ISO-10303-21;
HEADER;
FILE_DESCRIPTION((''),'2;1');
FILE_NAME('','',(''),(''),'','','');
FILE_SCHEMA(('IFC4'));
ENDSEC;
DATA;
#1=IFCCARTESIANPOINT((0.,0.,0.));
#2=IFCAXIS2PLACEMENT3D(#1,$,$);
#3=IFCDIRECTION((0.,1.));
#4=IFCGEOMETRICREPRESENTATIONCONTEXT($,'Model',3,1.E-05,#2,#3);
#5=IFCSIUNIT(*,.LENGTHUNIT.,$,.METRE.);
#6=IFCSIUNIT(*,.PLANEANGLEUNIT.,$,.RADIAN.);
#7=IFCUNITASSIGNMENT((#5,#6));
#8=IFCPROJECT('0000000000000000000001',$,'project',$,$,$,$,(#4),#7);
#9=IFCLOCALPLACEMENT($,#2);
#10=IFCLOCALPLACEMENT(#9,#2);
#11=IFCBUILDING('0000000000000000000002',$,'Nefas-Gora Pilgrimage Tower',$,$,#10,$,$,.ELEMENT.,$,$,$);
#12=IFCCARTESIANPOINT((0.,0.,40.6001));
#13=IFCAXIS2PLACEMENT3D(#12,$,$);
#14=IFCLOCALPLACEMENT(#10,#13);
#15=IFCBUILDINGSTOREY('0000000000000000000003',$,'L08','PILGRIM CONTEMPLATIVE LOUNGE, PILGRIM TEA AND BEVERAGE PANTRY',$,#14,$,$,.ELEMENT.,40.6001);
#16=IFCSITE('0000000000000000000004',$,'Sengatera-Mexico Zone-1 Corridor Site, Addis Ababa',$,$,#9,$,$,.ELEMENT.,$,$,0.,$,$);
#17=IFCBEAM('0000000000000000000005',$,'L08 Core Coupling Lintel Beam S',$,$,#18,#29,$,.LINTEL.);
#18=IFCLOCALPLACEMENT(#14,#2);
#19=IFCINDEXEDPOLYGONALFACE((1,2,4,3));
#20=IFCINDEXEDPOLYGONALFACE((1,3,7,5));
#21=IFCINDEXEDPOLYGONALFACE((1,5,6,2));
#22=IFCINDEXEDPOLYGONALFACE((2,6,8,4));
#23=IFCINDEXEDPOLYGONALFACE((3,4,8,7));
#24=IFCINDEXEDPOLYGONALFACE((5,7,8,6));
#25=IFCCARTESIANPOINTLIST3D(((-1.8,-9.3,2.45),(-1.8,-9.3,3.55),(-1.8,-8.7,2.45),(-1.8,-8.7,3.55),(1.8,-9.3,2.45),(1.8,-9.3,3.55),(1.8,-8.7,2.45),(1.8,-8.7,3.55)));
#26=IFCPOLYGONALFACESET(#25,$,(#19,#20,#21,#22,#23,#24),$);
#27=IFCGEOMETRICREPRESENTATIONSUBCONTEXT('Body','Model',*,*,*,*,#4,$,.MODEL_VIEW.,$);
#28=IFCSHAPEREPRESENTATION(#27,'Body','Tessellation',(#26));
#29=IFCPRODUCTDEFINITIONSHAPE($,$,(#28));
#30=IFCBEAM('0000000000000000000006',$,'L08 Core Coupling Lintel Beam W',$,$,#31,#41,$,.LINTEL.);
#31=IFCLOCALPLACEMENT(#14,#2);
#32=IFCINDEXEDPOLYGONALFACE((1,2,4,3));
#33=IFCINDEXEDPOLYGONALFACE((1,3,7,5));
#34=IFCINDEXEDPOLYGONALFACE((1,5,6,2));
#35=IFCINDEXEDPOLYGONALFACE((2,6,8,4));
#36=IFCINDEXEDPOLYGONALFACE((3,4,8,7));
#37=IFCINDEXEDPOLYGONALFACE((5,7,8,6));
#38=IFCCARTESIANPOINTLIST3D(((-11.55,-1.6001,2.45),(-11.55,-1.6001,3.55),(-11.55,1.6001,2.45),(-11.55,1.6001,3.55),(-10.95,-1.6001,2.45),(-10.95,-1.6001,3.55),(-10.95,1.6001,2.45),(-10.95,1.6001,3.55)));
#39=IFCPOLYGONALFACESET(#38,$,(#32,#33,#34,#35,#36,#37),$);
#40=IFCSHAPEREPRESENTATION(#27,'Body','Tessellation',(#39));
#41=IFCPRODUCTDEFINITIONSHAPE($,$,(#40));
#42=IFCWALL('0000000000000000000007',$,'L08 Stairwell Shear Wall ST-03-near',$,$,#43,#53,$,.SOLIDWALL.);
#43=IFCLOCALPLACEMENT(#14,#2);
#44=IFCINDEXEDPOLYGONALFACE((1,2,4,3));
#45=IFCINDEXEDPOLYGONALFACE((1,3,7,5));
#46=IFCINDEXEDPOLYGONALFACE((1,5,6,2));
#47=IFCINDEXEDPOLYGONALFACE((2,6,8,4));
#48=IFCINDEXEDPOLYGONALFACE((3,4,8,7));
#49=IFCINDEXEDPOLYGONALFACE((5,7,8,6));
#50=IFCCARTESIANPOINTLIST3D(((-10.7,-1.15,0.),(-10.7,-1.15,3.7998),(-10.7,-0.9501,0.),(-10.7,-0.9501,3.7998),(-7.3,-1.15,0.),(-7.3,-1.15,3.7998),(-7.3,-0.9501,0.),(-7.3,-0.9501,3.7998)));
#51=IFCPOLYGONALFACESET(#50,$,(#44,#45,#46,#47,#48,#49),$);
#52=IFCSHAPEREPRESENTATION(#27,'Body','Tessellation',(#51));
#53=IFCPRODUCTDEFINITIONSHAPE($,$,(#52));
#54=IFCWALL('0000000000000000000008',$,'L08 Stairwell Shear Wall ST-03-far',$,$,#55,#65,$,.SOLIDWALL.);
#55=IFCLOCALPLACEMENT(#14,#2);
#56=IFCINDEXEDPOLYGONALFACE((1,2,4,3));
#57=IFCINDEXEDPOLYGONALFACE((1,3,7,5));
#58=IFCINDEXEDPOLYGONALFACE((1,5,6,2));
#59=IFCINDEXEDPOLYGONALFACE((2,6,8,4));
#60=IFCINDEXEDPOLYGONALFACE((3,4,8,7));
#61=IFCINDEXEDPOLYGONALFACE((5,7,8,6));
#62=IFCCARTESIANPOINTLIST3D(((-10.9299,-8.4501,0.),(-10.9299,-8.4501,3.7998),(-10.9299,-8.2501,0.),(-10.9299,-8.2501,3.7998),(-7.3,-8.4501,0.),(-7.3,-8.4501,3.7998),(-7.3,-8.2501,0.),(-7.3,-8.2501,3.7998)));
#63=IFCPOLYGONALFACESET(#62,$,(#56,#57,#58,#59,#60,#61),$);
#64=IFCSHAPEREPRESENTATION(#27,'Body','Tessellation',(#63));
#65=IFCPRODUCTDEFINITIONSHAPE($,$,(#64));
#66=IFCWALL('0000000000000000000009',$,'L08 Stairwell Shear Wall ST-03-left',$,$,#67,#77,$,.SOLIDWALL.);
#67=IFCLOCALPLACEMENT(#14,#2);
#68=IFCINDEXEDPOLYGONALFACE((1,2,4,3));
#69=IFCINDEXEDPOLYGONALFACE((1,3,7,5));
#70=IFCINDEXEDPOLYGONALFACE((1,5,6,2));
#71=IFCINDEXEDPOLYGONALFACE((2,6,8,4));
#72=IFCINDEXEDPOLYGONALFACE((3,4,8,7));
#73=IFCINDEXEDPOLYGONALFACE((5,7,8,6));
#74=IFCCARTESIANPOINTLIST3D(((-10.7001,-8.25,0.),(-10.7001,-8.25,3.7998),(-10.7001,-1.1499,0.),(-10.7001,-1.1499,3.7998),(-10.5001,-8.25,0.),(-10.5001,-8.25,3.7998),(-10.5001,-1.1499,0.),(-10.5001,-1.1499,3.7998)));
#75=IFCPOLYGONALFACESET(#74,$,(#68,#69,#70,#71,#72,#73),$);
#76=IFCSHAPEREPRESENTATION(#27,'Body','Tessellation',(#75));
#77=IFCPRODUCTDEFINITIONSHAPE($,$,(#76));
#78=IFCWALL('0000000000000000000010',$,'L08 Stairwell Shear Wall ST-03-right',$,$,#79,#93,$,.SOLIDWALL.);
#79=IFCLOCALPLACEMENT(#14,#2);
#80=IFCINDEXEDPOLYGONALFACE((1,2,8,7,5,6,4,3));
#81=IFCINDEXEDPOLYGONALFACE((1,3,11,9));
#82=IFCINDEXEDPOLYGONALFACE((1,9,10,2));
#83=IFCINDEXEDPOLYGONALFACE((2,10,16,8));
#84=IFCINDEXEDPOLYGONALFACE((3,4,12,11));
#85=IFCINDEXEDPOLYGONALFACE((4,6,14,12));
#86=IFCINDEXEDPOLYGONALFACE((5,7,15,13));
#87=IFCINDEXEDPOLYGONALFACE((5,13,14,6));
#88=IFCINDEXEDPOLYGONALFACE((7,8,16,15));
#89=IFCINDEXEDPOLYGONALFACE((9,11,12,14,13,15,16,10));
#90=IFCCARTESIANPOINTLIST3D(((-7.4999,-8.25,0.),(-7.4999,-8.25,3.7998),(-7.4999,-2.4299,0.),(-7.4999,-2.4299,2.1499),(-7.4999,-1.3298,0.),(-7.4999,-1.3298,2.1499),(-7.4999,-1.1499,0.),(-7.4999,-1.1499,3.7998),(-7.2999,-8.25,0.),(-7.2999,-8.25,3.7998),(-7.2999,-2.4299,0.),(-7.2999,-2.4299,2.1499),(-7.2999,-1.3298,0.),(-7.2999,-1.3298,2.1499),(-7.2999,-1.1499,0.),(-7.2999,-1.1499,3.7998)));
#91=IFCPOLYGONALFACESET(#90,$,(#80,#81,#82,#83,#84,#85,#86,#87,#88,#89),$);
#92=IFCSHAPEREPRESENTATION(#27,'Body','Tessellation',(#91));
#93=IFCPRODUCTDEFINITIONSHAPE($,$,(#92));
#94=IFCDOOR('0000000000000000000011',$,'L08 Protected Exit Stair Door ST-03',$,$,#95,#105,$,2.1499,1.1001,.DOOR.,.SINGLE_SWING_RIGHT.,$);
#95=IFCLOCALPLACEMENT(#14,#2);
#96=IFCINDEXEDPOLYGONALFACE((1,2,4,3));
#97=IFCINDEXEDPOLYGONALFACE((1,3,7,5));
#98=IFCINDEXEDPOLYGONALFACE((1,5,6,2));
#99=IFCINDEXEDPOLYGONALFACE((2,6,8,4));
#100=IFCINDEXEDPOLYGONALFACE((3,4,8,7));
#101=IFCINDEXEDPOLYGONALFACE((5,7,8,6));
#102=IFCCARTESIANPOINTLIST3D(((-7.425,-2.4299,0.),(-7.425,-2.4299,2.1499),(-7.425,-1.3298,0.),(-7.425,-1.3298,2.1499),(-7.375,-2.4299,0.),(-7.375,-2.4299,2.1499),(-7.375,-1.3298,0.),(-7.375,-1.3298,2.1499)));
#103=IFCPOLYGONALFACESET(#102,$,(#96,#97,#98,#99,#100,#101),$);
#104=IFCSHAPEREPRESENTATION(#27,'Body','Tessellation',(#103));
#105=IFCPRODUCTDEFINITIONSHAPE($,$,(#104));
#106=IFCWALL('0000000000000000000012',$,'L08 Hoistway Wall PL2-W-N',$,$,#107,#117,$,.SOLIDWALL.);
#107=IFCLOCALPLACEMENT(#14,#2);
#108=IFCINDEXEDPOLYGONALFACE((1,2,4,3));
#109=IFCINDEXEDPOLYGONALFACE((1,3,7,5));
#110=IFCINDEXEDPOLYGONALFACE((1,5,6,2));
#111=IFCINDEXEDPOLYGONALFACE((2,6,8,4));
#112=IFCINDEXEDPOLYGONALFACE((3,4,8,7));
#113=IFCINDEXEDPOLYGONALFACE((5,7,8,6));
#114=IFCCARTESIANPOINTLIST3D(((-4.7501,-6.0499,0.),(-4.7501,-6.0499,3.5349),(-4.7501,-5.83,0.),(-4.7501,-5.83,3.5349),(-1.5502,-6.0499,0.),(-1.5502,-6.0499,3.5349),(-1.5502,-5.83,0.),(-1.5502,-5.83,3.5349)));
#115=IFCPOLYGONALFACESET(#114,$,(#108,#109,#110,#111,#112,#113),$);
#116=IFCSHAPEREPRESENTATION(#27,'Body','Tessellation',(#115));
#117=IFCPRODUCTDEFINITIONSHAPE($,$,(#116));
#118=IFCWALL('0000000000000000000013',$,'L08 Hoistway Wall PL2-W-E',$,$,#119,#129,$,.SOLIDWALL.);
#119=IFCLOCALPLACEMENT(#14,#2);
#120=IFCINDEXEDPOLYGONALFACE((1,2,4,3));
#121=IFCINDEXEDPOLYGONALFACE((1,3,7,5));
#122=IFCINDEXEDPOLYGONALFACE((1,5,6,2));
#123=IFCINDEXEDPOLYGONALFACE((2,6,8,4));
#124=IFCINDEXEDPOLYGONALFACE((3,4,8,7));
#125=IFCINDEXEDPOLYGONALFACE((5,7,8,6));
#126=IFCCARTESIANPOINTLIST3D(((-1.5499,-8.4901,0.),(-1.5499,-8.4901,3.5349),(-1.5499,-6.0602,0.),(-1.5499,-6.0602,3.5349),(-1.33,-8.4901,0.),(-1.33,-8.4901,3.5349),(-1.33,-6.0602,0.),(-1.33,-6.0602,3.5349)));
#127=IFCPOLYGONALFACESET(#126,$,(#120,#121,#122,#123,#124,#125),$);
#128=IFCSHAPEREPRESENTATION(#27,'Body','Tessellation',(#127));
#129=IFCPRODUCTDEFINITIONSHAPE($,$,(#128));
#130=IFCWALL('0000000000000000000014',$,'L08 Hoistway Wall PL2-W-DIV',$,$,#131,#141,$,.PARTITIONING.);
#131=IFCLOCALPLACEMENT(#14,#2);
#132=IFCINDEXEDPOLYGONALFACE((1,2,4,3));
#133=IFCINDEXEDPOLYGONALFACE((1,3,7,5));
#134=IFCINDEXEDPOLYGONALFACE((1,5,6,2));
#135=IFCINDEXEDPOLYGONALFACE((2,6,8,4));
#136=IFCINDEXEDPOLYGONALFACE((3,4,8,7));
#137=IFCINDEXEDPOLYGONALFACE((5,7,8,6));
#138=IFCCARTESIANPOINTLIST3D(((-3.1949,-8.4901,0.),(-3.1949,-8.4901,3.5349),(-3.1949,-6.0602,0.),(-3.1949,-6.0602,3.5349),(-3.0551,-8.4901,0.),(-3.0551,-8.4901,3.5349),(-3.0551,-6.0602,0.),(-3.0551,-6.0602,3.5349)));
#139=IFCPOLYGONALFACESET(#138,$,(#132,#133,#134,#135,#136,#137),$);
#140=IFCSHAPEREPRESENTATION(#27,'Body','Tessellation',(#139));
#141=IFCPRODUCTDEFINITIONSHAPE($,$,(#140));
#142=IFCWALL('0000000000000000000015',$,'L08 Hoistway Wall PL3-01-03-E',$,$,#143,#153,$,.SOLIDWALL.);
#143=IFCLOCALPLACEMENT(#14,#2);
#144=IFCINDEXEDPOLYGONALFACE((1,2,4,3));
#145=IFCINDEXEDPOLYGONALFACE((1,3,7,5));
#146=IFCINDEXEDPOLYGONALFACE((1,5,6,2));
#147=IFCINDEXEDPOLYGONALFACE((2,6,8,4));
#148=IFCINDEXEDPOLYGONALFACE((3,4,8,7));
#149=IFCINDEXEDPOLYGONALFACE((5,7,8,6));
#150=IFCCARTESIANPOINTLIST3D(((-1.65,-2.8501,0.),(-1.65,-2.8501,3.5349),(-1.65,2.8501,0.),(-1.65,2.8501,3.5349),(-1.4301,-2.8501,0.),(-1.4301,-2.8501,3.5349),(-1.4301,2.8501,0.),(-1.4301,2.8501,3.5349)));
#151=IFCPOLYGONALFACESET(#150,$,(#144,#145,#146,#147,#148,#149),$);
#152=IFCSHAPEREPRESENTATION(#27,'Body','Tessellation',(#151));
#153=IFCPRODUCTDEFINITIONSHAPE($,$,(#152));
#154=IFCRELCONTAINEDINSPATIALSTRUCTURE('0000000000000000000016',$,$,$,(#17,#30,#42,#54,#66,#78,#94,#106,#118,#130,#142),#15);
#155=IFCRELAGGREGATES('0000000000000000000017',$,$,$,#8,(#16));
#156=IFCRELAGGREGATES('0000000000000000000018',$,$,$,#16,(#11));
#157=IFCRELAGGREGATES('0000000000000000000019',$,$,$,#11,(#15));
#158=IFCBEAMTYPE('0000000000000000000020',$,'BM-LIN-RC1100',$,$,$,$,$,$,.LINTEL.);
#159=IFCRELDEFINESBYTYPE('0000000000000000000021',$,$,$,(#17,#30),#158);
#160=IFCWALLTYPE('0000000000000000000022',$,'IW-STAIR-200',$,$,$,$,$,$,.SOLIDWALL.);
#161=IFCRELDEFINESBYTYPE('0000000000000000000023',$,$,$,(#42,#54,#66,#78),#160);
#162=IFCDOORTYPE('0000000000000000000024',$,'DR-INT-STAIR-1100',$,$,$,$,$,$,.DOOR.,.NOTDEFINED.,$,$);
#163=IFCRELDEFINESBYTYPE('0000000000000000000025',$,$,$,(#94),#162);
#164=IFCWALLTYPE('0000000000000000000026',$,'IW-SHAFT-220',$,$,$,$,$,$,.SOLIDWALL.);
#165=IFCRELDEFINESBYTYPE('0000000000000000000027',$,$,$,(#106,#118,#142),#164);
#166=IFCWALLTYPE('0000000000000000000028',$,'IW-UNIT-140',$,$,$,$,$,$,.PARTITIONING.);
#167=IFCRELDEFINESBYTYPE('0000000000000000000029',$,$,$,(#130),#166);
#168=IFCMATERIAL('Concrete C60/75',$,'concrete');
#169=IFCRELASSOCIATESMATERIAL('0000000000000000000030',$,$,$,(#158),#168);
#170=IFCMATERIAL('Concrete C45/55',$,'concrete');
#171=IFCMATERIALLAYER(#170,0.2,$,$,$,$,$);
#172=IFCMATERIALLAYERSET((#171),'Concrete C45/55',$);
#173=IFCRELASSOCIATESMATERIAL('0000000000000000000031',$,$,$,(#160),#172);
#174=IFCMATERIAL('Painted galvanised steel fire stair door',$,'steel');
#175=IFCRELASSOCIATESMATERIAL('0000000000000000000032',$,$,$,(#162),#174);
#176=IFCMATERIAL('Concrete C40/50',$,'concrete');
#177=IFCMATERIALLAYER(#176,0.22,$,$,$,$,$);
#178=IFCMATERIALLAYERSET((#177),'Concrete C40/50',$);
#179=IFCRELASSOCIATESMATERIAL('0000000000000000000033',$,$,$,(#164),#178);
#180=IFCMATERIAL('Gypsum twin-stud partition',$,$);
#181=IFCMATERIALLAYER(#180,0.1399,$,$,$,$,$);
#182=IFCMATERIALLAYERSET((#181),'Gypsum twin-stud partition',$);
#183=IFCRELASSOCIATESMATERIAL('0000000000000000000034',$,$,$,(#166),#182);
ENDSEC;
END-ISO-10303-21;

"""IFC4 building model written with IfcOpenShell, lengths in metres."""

from ifc_helpers import new_model, si_unit, direction, frame, frame_2d, origin, origin_2d, place, context, subcontext, project, spatial, rectangle, extrude, source, transform, mapped, material, layer, layer_set, material_profile, profile_set, type_object, element, fill, save


model = new_model("IFC4")

# Units and contexts
model_context = context("Model", 3, precision=1e-05, world=origin(), true_north=direction((0.0, 1.0)))
body_context = subcontext(model_context, "Body", "Model", "MODEL_VIEW")
ifc_project = project(units=[si_unit("LENGTHUNIT", "METRE"), si_unit("PLANEANGLEUNIT", "RADIAN")], contexts=[model_context])

# Site, building, storey
site_placement = place(None, origin())
site = spatial("IfcSite", under=ifc_project, at=site_placement, Name="Sengatera-Mexico Zone-1 Corridor Site, Addis Ababa", CompositionType="ELEMENT", RefElevation=0.0)
building_placement = place(site_placement, origin())
building = spatial("IfcBuilding", under=site, at=building_placement, Name="Nefas-Gora Pilgrimage Tower", CompositionType="ELEMENT")
storey_placement = place(building_placement, frame((0.0, 0.0, 40.6001)))
storey = spatial("IfcBuildingStorey", under=building, at=storey_placement, Name="L08", Description="PILGRIM CONTEMPLATIVE LOUNGE, PILGRIM TEA AND BEVERAGE PANTRY", CompositionType="ELEMENT", Elevation=40.6001)

# Beams
ifc_material_1 = material(Name="Concrete C60/75", Category="concrete")
ifc_material_profile = material_profile(ifc_material_1, rectangle(XDim=0.6001, YDim=1.1001, at=origin_2d()), Name="RC 600x1100")
ifc_profile_set = profile_set([ifc_material_profile], Name="Concrete C60/75")
beam_type = type_object("IfcBeamType", Name="BM-LIN-RC1100", PredefinedType="LINTEL", material=ifc_profile_set)
shared_shape_1 = source(origin(), body_context, "Body", "SweptSolid", [
    extrude(rectangle(XDim=0.6001, YDim=1.1001, at=origin_2d()), origin(), (0.0, 0.0, 1.0), 3.6001),
])
beam_1_placement = place(storey_placement, frame((-1.8, -9.0, 3.0), z_axis=(1.0, 0.0, 0.0), x_axis=(0.0, 1.0, 0.0)))
element("IfcBeam", 1, at=beam_1_placement, inside=storey, type_object=beam_type, Name="L08 Core Coupling Lintel Beam S", PredefinedType="LINTEL", context=body_context, shape_type="MappedRepresentation", body=[
    mapped(shared_shape_1, transform((0.0, 0.0, 0.0), x_axis=(1.0, 0.0, 0.0), y_axis=(0.0, 1.0, 0.0), z_axis=(0.0, 0.0, 1.0), scale=1.0)),
])
shared_shape_2 = source(origin(), body_context, "Body", "SweptSolid", [
    extrude(rectangle(XDim=0.6001, YDim=1.1001, at=origin_2d()), origin(), (0.0, 0.0, 1.0), 3.2002),
])
beam_2_placement = place(storey_placement, frame((-11.25, -1.6001, 3.0), z_axis=(0.0, 1.0, 0.0), x_axis=(-1.0, 0.0, 0.0)))
element("IfcBeam", 2, at=beam_2_placement, inside=storey, type_object=beam_type, Name="L08 Core Coupling Lintel Beam W", PredefinedType="LINTEL", context=body_context, shape_type="MappedRepresentation", body=[
    mapped(shared_shape_2, transform((0.0, 0.0, 0.0), x_axis=(1.0, 0.0, 0.0), y_axis=(0.0, 1.0, 0.0), z_axis=(0.0, 0.0, 1.0), scale=1.0)),
])

# Walls
ifc_material_2 = material(Name="Concrete C45/55", Category="concrete")
ifc_layer_1 = layer(ifc_material_2, 0.2)
ifc_layer_set_1 = layer_set([ifc_layer_1], Name="Concrete C45/55")
wall_type_1 = type_object("IfcWallType", Name="IW-STAIR-200", PredefinedType="SOLIDWALL", material=ifc_layer_set_1)
shared_shape_3 = source(origin(), body_context, "Body", "SweptSolid", [
    extrude(rectangle(XDim=3.3999, YDim=0.2, at=frame_2d((1.7, 0.0))), origin(), (0.0, 0.0, 1.0), 3.7998),
])
wall_1_placement = place(storey_placement, frame((-10.7, -1.05, 0.0), z_axis=(0.0, 0.0, 1.0), x_axis=(1.0, 0.0, 0.0)))
element("IfcWall", 3, at=wall_1_placement, inside=storey, type_object=wall_type_1, Name="L08 Stairwell Shear Wall ST-03-near", PredefinedType="SOLIDWALL", context=body_context, shape_type="MappedRepresentation", body=[
    mapped(shared_shape_3, transform((0.0, 0.0, 0.0), x_axis=(1.0, 0.0, 0.0), y_axis=(0.0, 1.0, 0.0), z_axis=(0.0, 0.0, 1.0), scale=1.0)),
])
shared_shape_4 = source(origin(), body_context, "Body", "SweptSolid", [
    extrude(rectangle(XDim=3.6299, YDim=0.2, at=frame_2d((1.8149, 0.0))), origin(), (0.0, 0.0, 1.0), 3.7998),
])
wall_2_placement = place(storey_placement, frame((-10.9299, -8.3501, 0.0), z_axis=(0.0, 0.0, 1.0), x_axis=(1.0, 0.0, 0.0)))
element("IfcWall", 4, at=wall_2_placement, inside=storey, type_object=wall_type_1, Name="L08 Stairwell Shear Wall ST-03-far", PredefinedType="SOLIDWALL", context=body_context, shape_type="MappedRepresentation", body=[
    mapped(shared_shape_4, transform((0.0, 0.0, 0.0), x_axis=(1.0, 0.0, 0.0), y_axis=(0.0, 1.0, 0.0), z_axis=(0.0, 0.0, 1.0), scale=1.0)),
])
shared_shape_5 = source(origin(), body_context, "Body", "SweptSolid", [
    extrude(rectangle(XDim=7.1001, YDim=0.2, at=frame_2d((3.55, 0.0))), origin(), (0.0, 0.0, 1.0), 3.7998),
])
wall_3_placement = place(storey_placement, frame((-10.6001, -1.1499, 0.0), z_axis=(0.0, 0.0, 1.0), x_axis=(0.0, -1.0, 0.0)))
element("IfcWall", 5, at=wall_3_placement, inside=storey, type_object=wall_type_1, Name="L08 Stairwell Shear Wall ST-03-left", PredefinedType="SOLIDWALL", context=body_context, shape_type="MappedRepresentation", body=[
    mapped(shared_shape_5, transform((0.0, 0.0, 0.0), x_axis=(1.0, 0.0, 0.0), y_axis=(0.0, 1.0, 0.0), z_axis=(0.0, 0.0, 1.0), scale=1.0)),
])

# Wall, opening, door
wall_4_placement = place(storey_placement, frame((-7.3999, -1.1499, 0.0), z_axis=(0.0, 0.0, 1.0), x_axis=(0.0, -1.0, 0.0)))
wall_4 = element("IfcWall", 6, at=wall_4_placement, inside=storey, type_object=wall_type_1, Name="L08 Stairwell Shear Wall ST-03-right", PredefinedType="SOLIDWALL", context=body_context, shape_type="MappedRepresentation", body=[
    mapped(shared_shape_5, transform((0.0, 0.0, 0.0), x_axis=(1.0, 0.0, 0.0), y_axis=(0.0, 1.0, 0.0), z_axis=(0.0, 0.0, 1.0), scale=1.0)),
])
opening_1_placement = place(wall_4_placement, frame((0.1799, 0.0, 0.0)))
opening_1 = element("IfcOpeningElement", 7, at=opening_1_placement, cuts=wall_4, PredefinedType="OPENING", context=body_context, shape_type="SweptSolid", body=[
    extrude(rectangle(XDim=1.1001, YDim=2.1499, at=frame_2d((0.55, 1.075))), frame((0.0, 0.1099, 0.0), z_axis=(0.0, -1.0, 0.0), x_axis=(1.0, 0.0, 0.0)), (0.0, 0.0, 1.0), 0.22),
])
ifc_material_3 = material(Name="Painted galvanised steel fire stair door", Category="steel")
door_type_1 = type_object("IfcDoorType", Name="DR-INT-STAIR-1100", OperationType="NOTDEFINED", PredefinedType="DOOR", material=ifc_material_3)
shared_shape_6 = source(origin(), body_context, "Body", "SweptSolid", [
    extrude(rectangle(XDim=1.1001, YDim=2.1499, at=frame_2d((0.55, 1.075))), frame((0.0, 0.0249, 0.0), z_axis=(0.0, -1.0, 0.0), x_axis=(1.0, 0.0, 0.0)), (0.0, 0.0, 1.0), 0.05),
])
door_1_placement = place(opening_1_placement, origin())
door_1 = element("IfcDoor", 8, at=door_1_placement, inside=storey, type_object=door_type_1, Name="L08 Protected Exit Stair Door ST-03", OperationType="SINGLE_SWING_RIGHT", OverallHeight=2.1499, OverallWidth=1.1001, PredefinedType="DOOR", context=body_context, shape_type="MappedRepresentation", body=[
    mapped(shared_shape_6, transform((0.0, 0.0, 0.0), x_axis=(1.0, 0.0, 0.0), y_axis=(0.0, 1.0, 0.0), z_axis=(0.0, 0.0, 1.0), scale=1.0)),
])
fill(opening_1, door_1)

# Walls
ifc_material_4 = material(Name="Concrete C40/50", Category="concrete")
ifc_layer_2 = layer(ifc_material_4, 0.22)
ifc_layer_set_2 = layer_set([ifc_layer_2], Name="Concrete C40/50")
wall_type_2 = type_object("IfcWallType", Name="IW-SHAFT-220", PredefinedType="SOLIDWALL", material=ifc_layer_set_2)
shared_shape_7 = source(origin(), body_context, "Body", "SweptSolid", [
    extrude(rectangle(XDim=3.2, YDim=0.22, at=frame_2d((1.6001, 0.0))), origin(), (0.0, 0.0, 1.0), 3.5349),
])
wall_5_placement = place(storey_placement, frame((-1.55, -5.9399, 0.0), z_axis=(0.0, 0.0, 1.0), x_axis=(-1.0, 0.0, 0.0)))
element("IfcWall", 9, at=wall_5_placement, inside=storey, type_object=wall_type_2, Name="L08 Hoistway Wall PL2-W-N", PredefinedType="SOLIDWALL", context=body_context, shape_type="MappedRepresentation", body=[
    mapped(shared_shape_7, transform((0.0, 0.0, 0.0), x_axis=(1.0, 0.0, 0.0), y_axis=(0.0, 1.0, 0.0), z_axis=(0.0, 0.0, 1.0), scale=1.0)),
])
shared_shape_8 = source(origin(), body_context, "Body", "SweptSolid", [
    extrude(rectangle(XDim=2.4299, YDim=0.22, at=frame_2d((1.2148, 0.0))), origin(), (0.0, 0.0, 1.0), 3.5349),
])
for number, where, z_axis, x_axis, name in (
    (10, (-1.4399, -8.49, 0.0), (0.0, 0.0, 1.0), (0.0, 1.0, 0.0), "L08 Hoistway Wall PL2-W-E"),
):
    element("IfcWall", number, at=place(storey_placement, frame(where, z_axis=z_axis, x_axis=x_axis)), inside=storey, type_object=wall_type_2, Name=name, PredefinedType="SOLIDWALL", context=body_context, shape_type="MappedRepresentation", body=[
        mapped(shared_shape_8, transform((0.0, 0.0, 0.0), x_axis=(1.0, 0.0, 0.0), y_axis=(0.0, 1.0, 0.0), z_axis=(0.0, 0.0, 1.0), scale=1.0)),
    ])
ifc_material_5 = material(Name="Gypsum twin-stud partition")
ifc_layer_3 = layer(ifc_material_5, 0.1399)
ifc_layer_set_3 = layer_set([ifc_layer_3], Name="Gypsum twin-stud partition")
wall_type_3 = type_object("IfcWallType", Name="IW-UNIT-140", PredefinedType="PARTITIONING", material=ifc_layer_set_3)
shared_shape_9 = source(origin(), body_context, "Body", "SweptSolid", [
    extrude(rectangle(XDim=2.4299, YDim=0.1399, at=frame_2d((1.2148, 0.0))), origin(), (0.0, 0.0, 1.0), 3.5349),
])
wall_6_placement = place(storey_placement, frame((-3.125, -8.49, 0.0), z_axis=(0.0, 0.0, 1.0), x_axis=(0.0, 1.0, 0.0)))
element("IfcWall", 11, at=wall_6_placement, inside=storey, type_object=wall_type_3, Name="L08 Hoistway Wall PL2-W-DIV", PredefinedType="PARTITIONING", context=body_context, shape_type="MappedRepresentation", body=[
    mapped(shared_shape_9, transform((0.0, 0.0, 0.0), x_axis=(1.0, 0.0, 0.0), y_axis=(0.0, 1.0, 0.0), z_axis=(0.0, 0.0, 1.0), scale=1.0)),
])
shared_shape_10 = source(origin(), body_context, "Body", "SweptSolid", [
    extrude(rectangle(XDim=5.7002, YDim=0.22, at=frame_2d((2.8501, 0.0))), origin(), (0.0, 0.0, 1.0), 3.5349),
])
wall_7_placement = place(storey_placement, frame((-1.54, -2.8501, 0.0), z_axis=(0.0, 0.0, 1.0), x_axis=(0.0, 1.0, 0.0)))
element("IfcWall", 12, at=wall_7_placement, inside=storey, type_object=wall_type_2, Name="L08 Hoistway Wall PL3-01-03-E", PredefinedType="SOLIDWALL", context=body_context, shape_type="MappedRepresentation", body=[
    mapped(shared_shape_10, transform((0.0, 0.0, 0.0), x_axis=(1.0, 0.0, 0.0), y_axis=(0.0, 1.0, 0.0), z_axis=(0.0, 0.0, 1.0), scale=1.0)),
])

save(model, "model.ifc")
